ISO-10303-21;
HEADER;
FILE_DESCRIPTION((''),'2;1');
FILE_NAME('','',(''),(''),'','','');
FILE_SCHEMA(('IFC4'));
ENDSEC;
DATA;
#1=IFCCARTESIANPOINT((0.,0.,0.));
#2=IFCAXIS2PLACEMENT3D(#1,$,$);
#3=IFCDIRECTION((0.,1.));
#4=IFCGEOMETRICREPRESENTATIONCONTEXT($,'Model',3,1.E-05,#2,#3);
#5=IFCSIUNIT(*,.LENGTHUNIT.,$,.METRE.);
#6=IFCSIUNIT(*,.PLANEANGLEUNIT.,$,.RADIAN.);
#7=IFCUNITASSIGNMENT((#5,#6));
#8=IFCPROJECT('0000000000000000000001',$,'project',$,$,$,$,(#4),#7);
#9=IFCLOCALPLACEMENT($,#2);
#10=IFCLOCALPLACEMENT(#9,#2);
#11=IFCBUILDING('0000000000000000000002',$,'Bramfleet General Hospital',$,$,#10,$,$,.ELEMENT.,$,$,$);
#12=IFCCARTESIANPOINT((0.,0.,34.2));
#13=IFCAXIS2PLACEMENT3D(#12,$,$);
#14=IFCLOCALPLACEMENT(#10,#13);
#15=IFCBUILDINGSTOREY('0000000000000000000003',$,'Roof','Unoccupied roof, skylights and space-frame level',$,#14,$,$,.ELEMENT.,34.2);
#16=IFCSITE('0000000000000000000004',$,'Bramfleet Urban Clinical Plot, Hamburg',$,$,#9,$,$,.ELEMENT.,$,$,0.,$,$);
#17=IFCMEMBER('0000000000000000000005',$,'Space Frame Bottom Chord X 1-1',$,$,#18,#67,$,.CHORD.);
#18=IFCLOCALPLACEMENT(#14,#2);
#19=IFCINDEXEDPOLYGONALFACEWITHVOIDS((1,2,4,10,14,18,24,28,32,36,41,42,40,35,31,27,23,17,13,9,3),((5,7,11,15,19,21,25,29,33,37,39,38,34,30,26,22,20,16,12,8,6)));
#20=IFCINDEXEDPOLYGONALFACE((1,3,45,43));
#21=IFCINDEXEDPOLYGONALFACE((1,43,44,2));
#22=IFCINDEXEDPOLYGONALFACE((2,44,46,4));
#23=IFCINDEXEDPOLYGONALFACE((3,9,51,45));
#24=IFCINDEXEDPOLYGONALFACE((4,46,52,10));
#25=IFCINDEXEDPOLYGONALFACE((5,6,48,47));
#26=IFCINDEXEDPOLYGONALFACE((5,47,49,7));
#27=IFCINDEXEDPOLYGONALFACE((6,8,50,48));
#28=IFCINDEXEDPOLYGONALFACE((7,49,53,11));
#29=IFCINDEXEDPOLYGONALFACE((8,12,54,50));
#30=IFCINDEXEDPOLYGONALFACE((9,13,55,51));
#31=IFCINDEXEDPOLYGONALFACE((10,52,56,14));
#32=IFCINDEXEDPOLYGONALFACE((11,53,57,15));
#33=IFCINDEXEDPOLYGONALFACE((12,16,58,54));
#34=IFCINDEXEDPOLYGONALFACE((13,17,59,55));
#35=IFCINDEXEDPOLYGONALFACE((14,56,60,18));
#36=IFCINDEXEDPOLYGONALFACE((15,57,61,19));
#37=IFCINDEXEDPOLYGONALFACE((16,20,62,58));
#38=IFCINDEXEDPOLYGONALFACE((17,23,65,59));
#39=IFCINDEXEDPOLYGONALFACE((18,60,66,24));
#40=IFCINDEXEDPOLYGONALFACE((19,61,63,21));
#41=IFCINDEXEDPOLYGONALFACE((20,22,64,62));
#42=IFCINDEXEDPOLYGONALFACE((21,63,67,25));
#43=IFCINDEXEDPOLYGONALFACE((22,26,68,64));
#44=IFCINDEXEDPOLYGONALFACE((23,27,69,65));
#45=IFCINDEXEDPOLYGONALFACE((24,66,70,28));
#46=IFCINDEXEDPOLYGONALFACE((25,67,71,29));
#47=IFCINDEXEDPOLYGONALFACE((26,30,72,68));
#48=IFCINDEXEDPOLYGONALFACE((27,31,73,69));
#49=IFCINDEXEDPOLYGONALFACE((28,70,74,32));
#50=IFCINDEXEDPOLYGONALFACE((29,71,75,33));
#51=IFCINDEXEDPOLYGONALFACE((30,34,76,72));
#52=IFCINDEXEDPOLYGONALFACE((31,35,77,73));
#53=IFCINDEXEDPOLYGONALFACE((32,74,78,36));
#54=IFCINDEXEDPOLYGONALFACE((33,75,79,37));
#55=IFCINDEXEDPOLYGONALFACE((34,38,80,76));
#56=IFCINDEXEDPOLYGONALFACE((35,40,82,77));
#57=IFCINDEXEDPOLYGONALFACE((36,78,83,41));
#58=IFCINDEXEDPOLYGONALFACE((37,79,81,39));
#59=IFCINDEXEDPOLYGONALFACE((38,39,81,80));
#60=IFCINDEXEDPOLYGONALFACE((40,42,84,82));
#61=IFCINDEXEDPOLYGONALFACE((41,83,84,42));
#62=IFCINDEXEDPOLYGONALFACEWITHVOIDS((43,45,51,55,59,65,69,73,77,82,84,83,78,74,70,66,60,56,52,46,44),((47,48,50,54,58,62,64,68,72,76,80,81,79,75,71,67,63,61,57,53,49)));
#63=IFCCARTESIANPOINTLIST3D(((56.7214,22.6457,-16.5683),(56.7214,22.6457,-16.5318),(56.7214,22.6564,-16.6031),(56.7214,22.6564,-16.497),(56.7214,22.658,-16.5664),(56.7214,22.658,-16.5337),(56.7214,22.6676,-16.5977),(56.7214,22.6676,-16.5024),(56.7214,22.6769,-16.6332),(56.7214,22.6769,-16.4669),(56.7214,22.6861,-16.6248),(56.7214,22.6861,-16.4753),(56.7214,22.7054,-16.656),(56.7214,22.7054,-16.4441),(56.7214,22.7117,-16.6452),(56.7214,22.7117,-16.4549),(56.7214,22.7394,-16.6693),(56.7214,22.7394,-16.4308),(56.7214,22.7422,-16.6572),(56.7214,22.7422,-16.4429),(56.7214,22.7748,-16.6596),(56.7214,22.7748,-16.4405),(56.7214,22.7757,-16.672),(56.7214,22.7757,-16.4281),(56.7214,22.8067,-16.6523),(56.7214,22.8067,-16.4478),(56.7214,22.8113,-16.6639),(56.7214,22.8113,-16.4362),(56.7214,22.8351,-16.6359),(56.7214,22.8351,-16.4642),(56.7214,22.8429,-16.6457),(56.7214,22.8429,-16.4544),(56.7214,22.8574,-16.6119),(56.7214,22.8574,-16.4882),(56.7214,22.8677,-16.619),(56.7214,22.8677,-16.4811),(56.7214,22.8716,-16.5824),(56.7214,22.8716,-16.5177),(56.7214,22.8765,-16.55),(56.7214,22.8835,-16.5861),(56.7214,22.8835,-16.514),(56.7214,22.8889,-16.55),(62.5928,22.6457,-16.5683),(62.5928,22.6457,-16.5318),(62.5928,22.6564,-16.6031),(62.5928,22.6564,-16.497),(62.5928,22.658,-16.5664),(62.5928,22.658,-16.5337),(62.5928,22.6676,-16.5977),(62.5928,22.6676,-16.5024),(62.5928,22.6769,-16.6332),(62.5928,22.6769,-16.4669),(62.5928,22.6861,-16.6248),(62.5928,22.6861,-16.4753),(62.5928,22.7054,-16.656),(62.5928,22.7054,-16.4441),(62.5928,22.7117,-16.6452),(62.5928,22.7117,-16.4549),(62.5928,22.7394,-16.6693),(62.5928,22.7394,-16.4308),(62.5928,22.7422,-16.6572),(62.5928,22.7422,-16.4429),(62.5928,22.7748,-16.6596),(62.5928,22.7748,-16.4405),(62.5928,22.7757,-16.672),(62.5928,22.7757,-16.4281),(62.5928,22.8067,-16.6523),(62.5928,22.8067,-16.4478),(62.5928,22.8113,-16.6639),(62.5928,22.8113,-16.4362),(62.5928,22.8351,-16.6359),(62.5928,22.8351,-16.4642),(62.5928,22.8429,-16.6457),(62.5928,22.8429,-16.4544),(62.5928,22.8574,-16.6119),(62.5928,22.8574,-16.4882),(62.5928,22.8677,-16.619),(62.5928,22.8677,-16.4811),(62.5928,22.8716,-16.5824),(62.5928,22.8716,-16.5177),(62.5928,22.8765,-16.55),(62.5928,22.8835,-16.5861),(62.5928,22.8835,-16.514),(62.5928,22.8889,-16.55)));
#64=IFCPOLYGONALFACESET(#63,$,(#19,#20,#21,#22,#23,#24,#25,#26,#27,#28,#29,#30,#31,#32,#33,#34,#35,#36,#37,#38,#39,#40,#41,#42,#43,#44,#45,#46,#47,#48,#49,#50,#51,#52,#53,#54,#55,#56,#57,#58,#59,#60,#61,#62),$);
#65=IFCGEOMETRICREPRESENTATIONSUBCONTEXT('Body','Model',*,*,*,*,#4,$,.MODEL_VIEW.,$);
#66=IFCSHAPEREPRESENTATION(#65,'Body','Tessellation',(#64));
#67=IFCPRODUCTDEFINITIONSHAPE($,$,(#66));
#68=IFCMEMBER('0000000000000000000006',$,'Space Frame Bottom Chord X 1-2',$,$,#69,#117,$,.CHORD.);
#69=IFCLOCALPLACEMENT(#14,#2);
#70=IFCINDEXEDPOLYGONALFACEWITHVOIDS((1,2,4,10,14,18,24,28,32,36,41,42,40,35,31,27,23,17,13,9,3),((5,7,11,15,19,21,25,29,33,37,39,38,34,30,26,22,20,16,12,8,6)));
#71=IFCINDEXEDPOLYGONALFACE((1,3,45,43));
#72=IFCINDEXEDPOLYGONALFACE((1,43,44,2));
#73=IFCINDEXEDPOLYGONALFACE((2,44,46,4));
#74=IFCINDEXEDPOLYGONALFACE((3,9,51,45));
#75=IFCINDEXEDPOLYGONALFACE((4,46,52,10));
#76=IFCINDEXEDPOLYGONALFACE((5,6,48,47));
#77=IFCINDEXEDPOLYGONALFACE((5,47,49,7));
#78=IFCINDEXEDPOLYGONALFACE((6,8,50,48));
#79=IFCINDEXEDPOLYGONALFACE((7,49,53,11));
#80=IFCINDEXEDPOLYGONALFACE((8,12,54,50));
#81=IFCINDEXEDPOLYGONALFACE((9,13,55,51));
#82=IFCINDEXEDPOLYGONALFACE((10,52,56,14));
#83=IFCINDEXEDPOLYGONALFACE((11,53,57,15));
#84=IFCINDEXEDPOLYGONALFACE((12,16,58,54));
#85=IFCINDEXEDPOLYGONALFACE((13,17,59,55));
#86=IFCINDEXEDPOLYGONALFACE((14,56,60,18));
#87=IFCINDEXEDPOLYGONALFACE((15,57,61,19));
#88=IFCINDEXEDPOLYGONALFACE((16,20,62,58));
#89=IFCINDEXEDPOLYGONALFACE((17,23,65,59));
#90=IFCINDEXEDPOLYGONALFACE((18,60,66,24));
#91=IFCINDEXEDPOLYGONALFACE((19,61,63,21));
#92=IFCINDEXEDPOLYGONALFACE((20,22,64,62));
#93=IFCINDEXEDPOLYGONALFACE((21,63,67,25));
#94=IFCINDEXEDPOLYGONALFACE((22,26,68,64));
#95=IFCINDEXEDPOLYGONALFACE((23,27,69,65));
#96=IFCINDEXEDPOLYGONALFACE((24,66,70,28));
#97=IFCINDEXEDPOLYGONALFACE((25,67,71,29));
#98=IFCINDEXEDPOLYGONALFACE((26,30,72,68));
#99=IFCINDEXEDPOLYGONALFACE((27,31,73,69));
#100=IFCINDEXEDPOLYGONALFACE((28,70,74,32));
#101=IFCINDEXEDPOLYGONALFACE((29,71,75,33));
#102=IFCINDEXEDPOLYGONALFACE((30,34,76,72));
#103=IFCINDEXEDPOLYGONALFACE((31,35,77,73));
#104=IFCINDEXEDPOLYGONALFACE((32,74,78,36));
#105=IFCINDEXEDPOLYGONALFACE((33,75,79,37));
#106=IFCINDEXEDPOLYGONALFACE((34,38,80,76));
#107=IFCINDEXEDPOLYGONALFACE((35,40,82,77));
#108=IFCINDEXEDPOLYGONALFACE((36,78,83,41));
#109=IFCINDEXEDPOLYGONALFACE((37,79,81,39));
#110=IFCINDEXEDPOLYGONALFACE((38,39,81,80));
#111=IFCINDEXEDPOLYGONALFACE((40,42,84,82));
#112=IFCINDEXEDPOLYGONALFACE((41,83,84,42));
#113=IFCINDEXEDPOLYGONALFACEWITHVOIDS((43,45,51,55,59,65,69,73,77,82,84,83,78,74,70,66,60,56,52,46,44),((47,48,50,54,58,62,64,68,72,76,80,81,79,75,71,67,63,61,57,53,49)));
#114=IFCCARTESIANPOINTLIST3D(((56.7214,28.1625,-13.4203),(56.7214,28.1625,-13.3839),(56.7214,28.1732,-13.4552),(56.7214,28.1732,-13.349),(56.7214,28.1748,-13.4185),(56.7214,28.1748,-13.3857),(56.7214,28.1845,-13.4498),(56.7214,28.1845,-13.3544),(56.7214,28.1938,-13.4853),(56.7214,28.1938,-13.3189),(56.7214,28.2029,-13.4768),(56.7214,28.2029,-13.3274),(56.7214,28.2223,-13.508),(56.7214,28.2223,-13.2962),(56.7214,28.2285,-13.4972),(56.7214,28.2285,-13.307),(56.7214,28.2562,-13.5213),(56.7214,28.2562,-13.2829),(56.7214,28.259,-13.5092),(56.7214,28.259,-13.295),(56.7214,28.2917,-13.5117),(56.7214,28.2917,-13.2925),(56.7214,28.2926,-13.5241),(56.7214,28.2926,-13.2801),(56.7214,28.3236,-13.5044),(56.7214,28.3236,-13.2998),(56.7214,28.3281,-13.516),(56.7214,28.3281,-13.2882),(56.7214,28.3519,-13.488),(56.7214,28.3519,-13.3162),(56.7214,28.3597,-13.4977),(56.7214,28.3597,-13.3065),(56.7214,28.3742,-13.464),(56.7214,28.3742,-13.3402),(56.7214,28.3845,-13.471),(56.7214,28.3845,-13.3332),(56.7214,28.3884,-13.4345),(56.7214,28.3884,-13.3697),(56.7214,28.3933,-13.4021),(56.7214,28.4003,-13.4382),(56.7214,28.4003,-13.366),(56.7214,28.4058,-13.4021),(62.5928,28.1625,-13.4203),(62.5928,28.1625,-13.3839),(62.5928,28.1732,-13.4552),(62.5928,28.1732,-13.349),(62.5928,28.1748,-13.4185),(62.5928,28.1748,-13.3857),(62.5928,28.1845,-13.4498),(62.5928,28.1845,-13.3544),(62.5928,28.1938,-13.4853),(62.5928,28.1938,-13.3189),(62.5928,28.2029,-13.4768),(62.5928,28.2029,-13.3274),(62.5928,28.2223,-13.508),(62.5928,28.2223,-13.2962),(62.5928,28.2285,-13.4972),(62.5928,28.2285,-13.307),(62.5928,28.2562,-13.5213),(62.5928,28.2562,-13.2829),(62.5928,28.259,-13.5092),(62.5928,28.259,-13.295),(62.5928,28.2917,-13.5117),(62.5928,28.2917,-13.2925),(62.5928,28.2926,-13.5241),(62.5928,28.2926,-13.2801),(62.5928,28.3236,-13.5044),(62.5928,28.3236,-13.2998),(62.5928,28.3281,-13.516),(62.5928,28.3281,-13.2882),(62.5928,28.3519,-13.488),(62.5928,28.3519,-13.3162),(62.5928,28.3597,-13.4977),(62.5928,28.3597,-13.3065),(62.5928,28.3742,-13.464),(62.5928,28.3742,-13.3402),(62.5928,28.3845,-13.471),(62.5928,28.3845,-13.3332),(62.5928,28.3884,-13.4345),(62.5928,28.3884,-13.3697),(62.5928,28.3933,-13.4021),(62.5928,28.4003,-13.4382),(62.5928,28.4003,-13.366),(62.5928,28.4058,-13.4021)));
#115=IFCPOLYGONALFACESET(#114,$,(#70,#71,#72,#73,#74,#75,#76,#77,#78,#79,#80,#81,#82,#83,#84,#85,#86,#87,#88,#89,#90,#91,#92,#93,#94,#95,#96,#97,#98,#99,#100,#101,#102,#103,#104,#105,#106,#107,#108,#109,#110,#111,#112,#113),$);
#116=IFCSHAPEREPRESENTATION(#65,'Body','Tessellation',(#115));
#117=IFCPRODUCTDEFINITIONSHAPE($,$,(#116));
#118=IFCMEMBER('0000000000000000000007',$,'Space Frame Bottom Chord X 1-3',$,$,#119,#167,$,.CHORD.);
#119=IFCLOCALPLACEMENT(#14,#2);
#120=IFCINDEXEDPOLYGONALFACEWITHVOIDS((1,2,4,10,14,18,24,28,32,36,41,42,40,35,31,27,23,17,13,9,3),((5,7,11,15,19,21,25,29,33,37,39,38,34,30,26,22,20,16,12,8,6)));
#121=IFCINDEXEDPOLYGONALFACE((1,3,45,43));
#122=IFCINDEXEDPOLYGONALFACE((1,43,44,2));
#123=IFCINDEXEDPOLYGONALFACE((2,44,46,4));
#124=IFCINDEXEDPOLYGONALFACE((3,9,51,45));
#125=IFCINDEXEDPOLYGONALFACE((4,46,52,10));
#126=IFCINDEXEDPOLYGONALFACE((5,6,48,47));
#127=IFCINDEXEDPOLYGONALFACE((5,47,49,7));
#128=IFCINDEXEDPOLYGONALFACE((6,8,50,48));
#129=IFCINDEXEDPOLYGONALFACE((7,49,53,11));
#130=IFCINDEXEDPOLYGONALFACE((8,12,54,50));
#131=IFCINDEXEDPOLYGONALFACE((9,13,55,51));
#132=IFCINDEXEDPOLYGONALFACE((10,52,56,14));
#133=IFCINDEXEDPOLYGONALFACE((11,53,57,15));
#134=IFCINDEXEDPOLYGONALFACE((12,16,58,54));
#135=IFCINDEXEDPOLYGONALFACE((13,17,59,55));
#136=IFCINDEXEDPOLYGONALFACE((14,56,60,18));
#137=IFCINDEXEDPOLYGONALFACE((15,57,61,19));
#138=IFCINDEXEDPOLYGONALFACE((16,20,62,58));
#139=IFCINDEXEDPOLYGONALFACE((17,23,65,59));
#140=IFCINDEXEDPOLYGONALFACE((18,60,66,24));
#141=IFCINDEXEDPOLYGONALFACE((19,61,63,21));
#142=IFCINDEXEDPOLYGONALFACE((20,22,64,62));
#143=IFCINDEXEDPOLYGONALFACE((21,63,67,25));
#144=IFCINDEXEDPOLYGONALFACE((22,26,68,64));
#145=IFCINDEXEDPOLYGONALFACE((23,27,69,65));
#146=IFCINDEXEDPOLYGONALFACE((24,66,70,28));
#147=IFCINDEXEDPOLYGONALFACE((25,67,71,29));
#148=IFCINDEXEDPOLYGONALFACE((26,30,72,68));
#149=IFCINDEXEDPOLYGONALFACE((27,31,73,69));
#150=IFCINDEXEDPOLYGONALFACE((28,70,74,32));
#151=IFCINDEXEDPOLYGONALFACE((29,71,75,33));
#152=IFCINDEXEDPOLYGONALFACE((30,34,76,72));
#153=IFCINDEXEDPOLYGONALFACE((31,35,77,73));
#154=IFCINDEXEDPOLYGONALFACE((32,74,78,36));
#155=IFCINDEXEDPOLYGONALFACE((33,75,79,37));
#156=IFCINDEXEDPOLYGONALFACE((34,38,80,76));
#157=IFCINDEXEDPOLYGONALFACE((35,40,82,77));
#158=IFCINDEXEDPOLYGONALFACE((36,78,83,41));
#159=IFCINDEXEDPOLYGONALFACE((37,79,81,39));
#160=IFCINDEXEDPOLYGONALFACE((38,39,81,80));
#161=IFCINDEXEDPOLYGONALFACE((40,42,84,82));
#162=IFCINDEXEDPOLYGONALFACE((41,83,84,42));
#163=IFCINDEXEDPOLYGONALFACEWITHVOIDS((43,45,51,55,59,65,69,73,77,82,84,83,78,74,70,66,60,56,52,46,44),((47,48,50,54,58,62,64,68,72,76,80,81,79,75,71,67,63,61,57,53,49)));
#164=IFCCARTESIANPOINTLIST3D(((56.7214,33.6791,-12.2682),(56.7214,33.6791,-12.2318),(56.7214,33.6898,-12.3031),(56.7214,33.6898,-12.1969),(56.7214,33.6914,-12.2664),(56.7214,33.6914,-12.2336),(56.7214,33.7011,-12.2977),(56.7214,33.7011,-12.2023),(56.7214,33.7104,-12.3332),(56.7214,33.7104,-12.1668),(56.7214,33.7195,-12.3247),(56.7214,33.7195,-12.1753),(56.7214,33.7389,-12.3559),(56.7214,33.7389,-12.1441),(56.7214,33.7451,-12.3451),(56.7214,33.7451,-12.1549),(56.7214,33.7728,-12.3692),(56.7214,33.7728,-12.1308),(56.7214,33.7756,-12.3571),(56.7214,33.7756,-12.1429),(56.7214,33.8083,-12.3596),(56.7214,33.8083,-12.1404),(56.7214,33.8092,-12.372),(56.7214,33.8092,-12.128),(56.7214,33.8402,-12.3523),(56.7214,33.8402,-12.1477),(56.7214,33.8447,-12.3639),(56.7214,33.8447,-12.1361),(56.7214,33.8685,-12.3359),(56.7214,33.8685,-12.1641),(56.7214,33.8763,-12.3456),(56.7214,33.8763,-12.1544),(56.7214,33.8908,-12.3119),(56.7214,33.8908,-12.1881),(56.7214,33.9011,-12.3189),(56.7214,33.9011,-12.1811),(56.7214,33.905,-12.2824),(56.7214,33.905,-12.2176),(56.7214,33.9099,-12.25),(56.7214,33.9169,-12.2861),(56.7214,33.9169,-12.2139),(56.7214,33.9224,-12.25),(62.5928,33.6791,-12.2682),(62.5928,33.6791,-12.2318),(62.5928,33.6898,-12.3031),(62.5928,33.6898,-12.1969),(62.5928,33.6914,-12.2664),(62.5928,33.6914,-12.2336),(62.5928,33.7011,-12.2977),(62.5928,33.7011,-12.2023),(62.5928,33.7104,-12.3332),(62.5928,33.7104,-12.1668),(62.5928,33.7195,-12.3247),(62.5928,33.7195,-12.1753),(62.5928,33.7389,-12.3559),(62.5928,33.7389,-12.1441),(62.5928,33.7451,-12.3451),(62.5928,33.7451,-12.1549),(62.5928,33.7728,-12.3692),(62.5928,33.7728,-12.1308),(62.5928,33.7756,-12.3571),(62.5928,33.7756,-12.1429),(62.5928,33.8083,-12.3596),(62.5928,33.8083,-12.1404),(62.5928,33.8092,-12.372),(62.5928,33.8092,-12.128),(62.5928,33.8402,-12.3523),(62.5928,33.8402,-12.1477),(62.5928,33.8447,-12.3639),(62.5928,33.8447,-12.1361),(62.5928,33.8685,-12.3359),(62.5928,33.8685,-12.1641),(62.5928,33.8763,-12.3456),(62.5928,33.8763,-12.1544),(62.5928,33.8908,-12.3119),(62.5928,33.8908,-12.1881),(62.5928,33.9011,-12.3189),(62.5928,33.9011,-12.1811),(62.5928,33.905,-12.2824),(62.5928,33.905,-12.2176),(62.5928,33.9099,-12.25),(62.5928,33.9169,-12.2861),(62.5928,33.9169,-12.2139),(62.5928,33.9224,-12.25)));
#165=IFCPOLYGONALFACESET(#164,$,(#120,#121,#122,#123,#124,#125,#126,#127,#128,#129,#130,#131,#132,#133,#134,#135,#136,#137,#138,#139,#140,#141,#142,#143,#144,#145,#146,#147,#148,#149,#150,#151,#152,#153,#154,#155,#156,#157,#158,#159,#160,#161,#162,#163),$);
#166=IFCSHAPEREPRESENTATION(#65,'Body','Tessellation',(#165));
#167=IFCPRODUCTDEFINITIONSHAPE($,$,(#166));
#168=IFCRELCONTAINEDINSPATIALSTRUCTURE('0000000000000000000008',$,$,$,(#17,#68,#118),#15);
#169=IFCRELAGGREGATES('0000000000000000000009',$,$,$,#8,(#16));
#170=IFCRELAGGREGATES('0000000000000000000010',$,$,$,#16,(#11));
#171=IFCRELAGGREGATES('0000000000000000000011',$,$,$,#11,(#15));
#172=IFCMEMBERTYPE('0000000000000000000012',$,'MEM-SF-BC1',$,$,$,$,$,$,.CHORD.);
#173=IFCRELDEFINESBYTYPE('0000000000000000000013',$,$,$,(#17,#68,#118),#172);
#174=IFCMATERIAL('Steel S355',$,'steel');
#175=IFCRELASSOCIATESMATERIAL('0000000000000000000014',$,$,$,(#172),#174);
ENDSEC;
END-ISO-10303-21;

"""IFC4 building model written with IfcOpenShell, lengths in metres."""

from ifc_helpers import new_model, si_unit, direction, frame, origin, origin_2d, place, context, subcontext, project, spatial, hollow_circle, extrude, material, material_profile, profile_set, type_object, element, save


model = new_model("IFC4")

# Units and contexts
model_context = context("Model", 3, precision=1e-05, world=origin(), true_north=direction((0.0, 1.0)))
body_context = subcontext(model_context, "Body", "Model", "MODEL_VIEW")
ifc_project = project(units=[si_unit("LENGTHUNIT", "METRE"), si_unit("PLANEANGLEUNIT", "RADIAN")], contexts=[model_context])

# Site, building, storey
site_placement = place(None, origin())
site = spatial("IfcSite", under=ifc_project, at=site_placement, Name="Bramfleet Urban Clinical Plot, Hamburg", CompositionType="ELEMENT", RefElevation=0.0)
building_placement = place(site_placement, origin())
building = spatial("IfcBuilding", under=site, at=building_placement, Name="Bramfleet General Hospital", CompositionType="ELEMENT")
storey_placement = place(building_placement, frame((0.0, 0.0, 34.2)))
storey = spatial("IfcBuildingStorey", under=building, at=storey_placement, Name="Roof", Description="Unoccupied roof, skylights and space-frame level", CompositionType="ELEMENT", Elevation=34.2)

# Members
ifc_material = material(Name="Steel S355", Category="steel")
ifc_material_profile_1 = material_profile(ifc_material, hollow_circle(Radius=0.1223, WallThickness=0.0125, at=origin_2d()), Name="CHS 244.5x12.5")
ifc_profile_set_1 = profile_set([ifc_material_profile_1], Name="Steel S355")
member_type_1 = type_object("IfcMemberType", Name="MEM-SF-BC1", PredefinedType="CHORD", material=ifc_profile_set_1)
for number, where, z_axis, x_axis, name in (
    (1, (56.7214, 22.7666, -16.55), (1.0, 0.0, 0.0), (0.0, 1.0, 0.0), "Space Frame Bottom Chord X 1-1"),
    (2, (56.7214, 28.2834, -13.4021), (1.0, 0.0, 0.0), (0.0, 1.0, 0.0), "Space Frame Bottom Chord X 1-2"),
    (3, (56.7214, 33.8, -12.25), (1.0, 0.0, 0.0), (0.0, 1.0, 0.0), "Space Frame Bottom Chord X 1-3"),
):
    element("IfcMember", number, at=place(storey_placement, frame(where, z_axis=z_axis, x_axis=x_axis)), inside=storey, type_object=member_type_1, Name=name, PredefinedType="CHORD", context=body_context, shape_type="SweptSolid", body=[
        extrude(hollow_circle(Radius=0.1223, WallThickness=0.0125, at=origin_2d()), origin(), (0.0, 0.0, 1.0), 5.8713),
    ])

save(model, "model.ifc")
